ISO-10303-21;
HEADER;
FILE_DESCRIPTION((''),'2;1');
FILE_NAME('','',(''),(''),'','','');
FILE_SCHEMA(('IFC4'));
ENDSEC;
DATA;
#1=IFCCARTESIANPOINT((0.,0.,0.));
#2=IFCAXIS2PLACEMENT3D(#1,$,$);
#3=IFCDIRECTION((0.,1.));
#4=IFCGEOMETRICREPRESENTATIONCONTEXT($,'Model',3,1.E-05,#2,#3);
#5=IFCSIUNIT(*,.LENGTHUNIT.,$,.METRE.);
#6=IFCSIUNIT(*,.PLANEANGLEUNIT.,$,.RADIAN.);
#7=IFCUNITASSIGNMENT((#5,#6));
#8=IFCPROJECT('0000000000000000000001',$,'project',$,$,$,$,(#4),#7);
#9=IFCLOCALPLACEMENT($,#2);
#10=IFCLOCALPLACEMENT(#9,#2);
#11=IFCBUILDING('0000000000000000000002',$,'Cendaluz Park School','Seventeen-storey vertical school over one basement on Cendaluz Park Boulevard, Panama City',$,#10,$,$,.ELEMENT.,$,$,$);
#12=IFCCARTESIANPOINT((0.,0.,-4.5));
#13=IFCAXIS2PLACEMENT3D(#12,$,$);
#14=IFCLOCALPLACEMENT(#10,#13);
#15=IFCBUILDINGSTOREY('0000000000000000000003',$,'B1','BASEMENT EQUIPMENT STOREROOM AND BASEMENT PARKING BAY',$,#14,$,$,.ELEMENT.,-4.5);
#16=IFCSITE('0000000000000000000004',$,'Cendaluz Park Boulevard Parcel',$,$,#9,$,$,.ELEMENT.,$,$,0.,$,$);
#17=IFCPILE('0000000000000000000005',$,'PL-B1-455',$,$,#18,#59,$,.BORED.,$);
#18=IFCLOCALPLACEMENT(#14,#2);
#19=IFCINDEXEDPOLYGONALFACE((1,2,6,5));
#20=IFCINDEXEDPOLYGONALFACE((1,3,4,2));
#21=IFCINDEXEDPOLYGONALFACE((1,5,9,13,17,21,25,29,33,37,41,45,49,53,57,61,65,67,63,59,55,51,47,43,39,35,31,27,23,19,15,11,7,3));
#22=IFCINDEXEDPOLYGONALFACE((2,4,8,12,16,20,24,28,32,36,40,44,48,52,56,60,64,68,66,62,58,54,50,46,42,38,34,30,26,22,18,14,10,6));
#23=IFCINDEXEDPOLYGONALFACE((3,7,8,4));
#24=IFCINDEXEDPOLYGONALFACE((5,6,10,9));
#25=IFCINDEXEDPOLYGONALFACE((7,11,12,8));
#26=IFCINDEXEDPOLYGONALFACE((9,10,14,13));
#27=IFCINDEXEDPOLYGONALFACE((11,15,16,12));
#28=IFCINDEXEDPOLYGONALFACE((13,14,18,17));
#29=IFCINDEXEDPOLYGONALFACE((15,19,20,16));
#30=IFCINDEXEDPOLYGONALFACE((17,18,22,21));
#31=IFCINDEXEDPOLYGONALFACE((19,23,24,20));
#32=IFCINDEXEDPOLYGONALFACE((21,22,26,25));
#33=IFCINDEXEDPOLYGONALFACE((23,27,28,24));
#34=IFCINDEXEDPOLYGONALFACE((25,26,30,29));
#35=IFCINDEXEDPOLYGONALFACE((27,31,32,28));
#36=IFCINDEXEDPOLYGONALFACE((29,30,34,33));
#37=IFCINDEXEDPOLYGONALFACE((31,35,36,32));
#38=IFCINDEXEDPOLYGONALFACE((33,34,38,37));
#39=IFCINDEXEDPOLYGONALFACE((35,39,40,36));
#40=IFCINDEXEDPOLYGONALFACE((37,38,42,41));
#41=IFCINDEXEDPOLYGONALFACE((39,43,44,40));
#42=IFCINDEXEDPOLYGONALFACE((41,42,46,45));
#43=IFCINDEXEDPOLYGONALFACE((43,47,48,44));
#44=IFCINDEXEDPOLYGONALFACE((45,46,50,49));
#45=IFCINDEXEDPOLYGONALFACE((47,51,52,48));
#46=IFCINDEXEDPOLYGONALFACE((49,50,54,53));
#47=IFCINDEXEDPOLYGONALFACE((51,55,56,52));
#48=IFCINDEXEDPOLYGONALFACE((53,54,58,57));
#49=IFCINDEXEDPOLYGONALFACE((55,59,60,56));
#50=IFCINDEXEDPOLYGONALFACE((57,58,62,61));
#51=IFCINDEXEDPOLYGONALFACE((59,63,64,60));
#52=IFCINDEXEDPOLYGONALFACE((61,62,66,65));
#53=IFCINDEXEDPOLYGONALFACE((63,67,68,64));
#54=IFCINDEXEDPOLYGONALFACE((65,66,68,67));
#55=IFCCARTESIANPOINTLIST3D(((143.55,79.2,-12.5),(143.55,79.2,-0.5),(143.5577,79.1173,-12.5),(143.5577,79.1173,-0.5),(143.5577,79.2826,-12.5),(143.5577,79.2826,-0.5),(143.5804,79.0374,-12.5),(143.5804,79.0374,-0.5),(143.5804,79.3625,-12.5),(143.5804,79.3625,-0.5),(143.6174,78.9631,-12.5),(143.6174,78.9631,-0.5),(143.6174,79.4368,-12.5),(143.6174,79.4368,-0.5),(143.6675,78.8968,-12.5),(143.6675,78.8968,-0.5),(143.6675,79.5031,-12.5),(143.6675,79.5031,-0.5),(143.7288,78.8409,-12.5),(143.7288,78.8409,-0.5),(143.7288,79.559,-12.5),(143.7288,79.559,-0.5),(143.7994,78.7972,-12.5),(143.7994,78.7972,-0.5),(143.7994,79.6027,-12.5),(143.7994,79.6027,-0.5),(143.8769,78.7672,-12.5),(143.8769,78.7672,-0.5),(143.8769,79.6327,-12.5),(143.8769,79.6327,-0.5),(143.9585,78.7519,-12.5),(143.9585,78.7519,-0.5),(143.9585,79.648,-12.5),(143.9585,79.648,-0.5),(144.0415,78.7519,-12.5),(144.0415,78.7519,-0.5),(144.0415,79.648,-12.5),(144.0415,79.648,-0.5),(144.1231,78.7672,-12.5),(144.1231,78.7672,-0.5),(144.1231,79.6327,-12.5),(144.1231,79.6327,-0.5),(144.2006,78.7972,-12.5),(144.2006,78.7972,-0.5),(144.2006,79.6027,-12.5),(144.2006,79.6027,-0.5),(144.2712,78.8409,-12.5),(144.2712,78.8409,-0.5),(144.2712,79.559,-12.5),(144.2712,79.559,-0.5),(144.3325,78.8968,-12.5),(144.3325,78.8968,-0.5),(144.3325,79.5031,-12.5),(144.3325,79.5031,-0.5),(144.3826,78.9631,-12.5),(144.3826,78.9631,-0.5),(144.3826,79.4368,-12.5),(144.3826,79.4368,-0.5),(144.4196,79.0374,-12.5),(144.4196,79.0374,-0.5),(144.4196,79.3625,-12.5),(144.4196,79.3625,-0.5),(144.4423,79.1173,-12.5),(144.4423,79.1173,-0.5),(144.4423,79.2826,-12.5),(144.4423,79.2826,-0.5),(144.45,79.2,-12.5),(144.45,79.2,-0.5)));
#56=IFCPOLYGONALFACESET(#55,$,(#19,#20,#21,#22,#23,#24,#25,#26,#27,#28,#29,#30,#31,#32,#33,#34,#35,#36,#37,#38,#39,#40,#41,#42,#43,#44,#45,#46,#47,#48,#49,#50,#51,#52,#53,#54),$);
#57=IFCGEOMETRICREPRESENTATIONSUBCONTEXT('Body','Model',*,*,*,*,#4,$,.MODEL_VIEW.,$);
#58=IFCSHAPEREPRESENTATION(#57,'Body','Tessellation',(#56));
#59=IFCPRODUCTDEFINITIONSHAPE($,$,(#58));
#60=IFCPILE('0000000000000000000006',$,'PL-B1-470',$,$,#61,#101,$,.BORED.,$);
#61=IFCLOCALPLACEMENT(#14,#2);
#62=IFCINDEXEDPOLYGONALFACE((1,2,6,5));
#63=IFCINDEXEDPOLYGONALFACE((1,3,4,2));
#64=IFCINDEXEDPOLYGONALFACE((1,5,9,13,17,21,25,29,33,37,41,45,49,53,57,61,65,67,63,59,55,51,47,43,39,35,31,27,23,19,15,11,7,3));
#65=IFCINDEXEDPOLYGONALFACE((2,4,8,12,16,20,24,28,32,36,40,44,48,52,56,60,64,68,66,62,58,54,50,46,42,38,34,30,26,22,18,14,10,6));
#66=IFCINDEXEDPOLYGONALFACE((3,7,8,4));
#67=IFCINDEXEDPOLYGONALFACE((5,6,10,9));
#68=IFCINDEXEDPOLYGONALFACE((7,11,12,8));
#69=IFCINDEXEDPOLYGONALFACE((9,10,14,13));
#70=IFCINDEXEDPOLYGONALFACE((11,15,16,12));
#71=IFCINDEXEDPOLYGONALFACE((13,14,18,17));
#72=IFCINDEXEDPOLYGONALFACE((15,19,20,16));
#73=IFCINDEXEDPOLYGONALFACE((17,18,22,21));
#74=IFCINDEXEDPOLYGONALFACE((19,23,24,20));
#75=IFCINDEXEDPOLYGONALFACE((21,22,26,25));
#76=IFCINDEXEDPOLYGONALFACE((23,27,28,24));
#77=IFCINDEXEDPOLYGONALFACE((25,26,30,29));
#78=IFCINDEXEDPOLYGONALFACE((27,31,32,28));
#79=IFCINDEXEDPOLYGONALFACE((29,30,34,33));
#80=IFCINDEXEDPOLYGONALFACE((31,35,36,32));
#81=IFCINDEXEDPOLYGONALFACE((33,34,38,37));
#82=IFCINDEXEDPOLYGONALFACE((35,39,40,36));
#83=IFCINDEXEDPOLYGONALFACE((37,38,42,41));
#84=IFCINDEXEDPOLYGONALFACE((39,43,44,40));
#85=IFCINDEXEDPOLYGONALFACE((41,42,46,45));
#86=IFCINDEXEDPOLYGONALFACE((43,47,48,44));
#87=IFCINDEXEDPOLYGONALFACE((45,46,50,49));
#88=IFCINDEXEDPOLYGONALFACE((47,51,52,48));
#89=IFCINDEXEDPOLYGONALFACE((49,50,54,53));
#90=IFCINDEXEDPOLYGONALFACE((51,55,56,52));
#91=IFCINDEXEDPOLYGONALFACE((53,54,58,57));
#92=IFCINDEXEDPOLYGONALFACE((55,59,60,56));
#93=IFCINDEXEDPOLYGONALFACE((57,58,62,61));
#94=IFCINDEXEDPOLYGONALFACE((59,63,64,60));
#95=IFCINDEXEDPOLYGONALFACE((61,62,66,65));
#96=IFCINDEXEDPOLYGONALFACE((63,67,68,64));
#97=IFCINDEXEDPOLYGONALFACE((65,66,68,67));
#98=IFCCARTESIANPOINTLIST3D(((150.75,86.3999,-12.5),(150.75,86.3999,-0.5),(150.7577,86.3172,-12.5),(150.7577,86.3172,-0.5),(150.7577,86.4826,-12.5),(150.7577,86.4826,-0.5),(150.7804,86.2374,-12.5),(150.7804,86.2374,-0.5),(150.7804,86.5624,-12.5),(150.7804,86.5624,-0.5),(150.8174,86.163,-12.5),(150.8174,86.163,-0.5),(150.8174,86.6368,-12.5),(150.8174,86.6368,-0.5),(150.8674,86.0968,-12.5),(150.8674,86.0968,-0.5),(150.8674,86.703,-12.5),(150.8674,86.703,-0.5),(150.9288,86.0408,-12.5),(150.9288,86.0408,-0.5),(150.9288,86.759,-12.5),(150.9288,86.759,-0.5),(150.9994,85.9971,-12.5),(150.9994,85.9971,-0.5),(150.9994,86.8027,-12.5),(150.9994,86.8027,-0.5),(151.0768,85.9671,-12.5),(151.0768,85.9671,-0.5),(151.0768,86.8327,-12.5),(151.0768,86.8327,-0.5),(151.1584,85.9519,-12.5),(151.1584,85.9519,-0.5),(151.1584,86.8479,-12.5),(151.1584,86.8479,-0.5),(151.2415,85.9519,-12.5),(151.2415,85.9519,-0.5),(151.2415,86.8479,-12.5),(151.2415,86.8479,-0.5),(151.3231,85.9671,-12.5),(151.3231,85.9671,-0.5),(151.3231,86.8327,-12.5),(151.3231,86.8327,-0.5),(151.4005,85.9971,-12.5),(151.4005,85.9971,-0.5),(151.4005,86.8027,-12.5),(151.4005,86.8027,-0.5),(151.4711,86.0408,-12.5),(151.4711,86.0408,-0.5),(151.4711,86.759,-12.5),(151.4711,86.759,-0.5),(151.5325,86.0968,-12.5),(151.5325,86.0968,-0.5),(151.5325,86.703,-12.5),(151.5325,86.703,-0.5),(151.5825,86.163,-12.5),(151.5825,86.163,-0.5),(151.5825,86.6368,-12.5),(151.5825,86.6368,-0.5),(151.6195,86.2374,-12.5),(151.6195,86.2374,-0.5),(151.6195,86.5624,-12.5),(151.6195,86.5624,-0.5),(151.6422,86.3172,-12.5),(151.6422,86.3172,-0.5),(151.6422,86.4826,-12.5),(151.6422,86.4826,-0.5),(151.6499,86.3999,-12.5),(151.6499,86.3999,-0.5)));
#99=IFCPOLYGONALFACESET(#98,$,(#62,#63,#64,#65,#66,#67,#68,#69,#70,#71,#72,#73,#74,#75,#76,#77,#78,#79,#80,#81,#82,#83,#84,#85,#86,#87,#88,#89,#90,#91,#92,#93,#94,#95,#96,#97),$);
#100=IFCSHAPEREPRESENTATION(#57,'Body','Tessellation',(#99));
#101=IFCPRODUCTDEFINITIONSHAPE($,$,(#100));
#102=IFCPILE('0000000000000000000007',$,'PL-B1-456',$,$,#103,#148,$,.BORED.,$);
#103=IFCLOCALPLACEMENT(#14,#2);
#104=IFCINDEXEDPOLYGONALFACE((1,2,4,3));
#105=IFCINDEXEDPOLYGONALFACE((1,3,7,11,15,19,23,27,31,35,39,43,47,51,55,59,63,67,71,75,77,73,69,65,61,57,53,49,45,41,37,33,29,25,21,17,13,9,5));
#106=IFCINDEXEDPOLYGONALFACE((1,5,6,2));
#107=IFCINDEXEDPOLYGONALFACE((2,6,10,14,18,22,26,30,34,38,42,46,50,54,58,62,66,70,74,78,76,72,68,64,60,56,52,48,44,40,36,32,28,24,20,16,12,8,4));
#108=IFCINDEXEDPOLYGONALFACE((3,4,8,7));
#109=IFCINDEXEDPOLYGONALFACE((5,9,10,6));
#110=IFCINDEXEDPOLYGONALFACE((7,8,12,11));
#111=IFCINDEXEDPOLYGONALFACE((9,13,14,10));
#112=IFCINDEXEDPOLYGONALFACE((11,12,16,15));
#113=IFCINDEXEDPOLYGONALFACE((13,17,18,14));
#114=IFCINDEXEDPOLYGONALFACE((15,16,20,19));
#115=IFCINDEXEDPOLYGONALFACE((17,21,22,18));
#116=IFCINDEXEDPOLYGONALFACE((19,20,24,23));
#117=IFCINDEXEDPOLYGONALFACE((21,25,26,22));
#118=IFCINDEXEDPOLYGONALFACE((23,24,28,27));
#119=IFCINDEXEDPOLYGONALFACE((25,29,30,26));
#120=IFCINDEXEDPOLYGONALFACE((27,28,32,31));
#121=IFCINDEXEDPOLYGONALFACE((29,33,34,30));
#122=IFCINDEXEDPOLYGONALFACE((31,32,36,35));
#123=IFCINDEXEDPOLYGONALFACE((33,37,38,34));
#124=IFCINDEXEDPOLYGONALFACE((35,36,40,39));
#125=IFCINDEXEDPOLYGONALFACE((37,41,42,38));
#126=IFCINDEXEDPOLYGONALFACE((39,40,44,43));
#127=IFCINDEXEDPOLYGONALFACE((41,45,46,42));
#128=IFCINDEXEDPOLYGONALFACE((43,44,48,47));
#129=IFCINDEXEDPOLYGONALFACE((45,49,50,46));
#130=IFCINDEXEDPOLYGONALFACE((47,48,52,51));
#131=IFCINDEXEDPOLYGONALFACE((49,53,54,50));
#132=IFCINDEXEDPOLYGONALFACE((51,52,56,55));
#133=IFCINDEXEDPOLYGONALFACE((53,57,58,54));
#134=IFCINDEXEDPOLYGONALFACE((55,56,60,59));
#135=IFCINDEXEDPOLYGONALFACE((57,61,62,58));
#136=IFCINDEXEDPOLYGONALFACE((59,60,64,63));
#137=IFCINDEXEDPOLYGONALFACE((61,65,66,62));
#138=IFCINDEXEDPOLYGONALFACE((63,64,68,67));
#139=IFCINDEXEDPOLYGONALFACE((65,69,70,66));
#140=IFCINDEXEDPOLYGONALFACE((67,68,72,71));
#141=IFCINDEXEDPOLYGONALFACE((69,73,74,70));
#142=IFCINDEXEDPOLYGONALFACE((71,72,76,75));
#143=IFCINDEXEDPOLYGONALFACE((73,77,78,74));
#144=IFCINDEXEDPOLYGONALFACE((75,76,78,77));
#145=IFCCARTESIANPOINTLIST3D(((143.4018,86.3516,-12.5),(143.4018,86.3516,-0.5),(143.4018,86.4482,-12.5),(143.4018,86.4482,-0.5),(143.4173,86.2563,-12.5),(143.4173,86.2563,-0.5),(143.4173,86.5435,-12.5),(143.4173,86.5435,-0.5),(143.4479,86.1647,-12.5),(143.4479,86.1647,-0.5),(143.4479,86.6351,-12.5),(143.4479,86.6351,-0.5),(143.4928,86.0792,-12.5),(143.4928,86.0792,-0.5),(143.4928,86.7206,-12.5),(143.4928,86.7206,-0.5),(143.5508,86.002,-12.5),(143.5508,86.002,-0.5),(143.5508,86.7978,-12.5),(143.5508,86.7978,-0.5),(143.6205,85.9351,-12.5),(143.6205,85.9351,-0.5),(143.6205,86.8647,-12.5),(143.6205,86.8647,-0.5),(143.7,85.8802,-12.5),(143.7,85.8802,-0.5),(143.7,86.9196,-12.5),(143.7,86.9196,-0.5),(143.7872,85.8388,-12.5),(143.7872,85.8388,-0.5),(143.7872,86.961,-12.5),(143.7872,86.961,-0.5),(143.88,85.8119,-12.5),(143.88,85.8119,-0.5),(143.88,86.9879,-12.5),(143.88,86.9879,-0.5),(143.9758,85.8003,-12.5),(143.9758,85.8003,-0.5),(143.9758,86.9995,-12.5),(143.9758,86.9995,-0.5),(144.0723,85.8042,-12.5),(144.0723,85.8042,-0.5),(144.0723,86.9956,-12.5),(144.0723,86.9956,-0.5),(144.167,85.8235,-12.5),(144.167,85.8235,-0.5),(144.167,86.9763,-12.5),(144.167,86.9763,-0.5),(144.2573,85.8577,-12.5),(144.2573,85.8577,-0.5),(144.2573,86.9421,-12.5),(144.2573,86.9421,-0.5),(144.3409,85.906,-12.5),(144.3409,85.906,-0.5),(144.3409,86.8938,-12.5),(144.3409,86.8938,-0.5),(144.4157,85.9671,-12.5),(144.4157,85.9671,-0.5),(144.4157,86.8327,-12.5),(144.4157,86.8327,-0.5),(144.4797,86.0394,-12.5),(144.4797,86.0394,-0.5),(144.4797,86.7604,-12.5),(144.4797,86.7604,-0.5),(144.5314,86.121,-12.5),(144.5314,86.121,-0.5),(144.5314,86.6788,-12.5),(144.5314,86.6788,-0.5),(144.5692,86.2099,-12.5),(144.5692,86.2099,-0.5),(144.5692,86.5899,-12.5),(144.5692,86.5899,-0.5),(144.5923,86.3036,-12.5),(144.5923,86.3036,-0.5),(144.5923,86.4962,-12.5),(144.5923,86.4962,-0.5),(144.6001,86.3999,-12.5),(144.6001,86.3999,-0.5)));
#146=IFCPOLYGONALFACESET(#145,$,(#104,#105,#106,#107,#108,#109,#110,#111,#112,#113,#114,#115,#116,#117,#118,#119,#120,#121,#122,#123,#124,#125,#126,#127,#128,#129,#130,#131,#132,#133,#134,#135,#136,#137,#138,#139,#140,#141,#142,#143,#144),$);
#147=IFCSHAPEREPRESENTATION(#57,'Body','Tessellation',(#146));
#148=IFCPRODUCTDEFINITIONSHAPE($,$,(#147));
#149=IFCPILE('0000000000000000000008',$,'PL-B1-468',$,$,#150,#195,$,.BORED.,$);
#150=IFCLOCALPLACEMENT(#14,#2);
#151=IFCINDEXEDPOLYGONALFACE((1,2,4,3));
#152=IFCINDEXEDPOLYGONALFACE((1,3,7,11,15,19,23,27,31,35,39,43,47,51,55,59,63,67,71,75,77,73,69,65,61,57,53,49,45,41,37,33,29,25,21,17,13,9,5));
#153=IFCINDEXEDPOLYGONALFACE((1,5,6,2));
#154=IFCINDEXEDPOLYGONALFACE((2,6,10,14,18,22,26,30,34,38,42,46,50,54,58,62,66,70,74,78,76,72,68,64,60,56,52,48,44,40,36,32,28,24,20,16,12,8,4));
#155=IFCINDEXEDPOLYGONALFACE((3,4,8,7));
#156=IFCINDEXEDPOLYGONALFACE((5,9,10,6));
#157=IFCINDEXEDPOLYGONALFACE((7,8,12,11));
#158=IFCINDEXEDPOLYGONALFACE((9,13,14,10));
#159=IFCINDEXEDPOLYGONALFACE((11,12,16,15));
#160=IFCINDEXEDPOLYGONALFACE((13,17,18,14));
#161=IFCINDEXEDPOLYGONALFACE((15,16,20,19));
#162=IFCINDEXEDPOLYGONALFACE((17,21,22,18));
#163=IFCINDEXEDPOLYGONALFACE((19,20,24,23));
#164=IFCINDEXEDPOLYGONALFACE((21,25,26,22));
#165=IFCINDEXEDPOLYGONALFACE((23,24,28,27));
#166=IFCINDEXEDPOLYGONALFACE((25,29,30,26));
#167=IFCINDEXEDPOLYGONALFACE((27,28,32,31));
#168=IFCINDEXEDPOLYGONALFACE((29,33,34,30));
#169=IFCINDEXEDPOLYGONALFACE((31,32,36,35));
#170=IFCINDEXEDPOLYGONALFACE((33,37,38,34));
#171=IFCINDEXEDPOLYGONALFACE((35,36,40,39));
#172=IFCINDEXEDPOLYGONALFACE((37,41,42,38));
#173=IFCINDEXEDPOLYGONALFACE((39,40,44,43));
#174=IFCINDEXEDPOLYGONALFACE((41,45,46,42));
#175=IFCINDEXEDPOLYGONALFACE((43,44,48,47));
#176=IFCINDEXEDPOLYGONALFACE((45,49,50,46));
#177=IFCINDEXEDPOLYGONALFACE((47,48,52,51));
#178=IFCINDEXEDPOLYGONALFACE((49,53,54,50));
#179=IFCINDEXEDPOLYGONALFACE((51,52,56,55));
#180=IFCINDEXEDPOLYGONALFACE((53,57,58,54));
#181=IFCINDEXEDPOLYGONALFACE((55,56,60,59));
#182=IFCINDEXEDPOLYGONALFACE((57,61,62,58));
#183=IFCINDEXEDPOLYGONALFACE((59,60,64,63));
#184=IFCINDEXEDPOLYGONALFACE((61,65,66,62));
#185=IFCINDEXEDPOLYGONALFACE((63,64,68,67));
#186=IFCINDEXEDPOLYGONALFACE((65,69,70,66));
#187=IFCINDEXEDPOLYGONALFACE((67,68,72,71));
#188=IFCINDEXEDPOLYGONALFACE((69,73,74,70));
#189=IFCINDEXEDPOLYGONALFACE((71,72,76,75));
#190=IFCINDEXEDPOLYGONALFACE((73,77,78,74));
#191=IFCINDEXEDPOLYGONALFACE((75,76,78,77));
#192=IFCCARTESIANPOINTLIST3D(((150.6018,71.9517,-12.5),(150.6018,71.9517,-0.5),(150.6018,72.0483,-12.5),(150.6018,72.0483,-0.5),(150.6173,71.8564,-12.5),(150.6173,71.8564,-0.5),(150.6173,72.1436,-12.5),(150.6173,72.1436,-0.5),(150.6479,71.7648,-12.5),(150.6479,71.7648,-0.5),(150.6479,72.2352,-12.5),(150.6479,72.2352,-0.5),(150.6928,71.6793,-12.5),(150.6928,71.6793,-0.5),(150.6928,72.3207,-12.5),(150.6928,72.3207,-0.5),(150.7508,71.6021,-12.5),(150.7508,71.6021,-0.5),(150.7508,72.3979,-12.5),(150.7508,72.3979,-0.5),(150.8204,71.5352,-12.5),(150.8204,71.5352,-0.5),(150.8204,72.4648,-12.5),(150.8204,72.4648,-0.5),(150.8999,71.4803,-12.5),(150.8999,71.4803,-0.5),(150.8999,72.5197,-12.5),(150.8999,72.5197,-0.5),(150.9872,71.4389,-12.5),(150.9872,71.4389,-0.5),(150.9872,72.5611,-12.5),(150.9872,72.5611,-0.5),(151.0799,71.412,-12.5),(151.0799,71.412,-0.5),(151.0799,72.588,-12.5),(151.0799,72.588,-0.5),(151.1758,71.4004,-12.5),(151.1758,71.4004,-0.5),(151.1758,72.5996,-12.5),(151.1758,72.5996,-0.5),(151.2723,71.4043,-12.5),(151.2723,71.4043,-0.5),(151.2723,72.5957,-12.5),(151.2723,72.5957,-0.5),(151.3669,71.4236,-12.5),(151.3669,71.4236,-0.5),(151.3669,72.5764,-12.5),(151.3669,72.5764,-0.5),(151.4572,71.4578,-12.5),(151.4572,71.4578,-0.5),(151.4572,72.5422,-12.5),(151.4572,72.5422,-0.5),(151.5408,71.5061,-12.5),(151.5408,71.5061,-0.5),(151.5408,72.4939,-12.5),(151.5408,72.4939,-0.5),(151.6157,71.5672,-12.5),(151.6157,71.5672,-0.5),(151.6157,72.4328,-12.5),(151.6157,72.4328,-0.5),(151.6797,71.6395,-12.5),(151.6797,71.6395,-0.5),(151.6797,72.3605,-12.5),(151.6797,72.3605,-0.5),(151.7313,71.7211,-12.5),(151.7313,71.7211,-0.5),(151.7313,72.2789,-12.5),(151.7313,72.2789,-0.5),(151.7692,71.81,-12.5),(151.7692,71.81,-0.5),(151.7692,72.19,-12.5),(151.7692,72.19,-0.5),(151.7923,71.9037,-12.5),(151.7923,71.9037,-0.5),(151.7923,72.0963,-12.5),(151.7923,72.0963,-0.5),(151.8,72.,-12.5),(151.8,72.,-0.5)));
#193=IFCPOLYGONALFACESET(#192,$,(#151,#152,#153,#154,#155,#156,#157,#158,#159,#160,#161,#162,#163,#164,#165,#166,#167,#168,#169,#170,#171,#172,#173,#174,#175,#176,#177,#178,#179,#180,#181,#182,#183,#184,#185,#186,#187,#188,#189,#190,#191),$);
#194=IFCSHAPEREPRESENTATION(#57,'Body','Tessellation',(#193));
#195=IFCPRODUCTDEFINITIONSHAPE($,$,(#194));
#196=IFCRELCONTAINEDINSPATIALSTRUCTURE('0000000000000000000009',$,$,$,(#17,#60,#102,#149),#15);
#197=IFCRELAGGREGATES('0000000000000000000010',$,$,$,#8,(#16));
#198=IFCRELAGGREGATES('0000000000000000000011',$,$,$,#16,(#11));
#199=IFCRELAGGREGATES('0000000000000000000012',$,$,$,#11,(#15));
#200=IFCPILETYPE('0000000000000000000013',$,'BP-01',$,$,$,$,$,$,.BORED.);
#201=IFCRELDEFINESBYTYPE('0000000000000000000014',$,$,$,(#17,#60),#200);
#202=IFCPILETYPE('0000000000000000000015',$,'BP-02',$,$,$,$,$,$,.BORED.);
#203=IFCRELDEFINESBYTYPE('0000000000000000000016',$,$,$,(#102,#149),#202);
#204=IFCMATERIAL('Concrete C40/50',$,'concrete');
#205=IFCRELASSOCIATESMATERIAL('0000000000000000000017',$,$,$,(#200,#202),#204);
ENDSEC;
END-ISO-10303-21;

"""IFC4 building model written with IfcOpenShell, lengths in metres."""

from ifc_helpers import new_model, si_unit, direction, frame, origin, origin_2d, place, context, subcontext, project, spatial, circle, extrude, material, material_profile, profile_set, type_object, element, save


model = new_model("IFC4")

# Units and contexts
model_context = context("Model", 3, precision=1e-05, world=origin(), true_north=direction((0.0, 1.0)))
body_context = subcontext(model_context, "Body", "Model", "MODEL_VIEW")
ifc_project = project(units=[si_unit("LENGTHUNIT", "METRE"), si_unit("PLANEANGLEUNIT", "RADIAN")], contexts=[model_context])

# Site, building, storey
site_placement = place(None, origin())
site = spatial("IfcSite", under=ifc_project, at=site_placement, Name="Cendaluz Park Boulevard Parcel", CompositionType="ELEMENT", RefElevation=0.0)
building_placement = place(site_placement, origin())
building = spatial("IfcBuilding", under=site, at=building_placement, Name="Cendaluz Park School", Description="Seventeen-storey vertical school over one basement on Cendaluz Park Boulevard, Panama City", CompositionType="ELEMENT")
storey_placement = place(building_placement, frame((0.0, 0.0, -4.5)))
storey = spatial("IfcBuildingStorey", under=building, at=storey_placement, Name="B1", Description="BASEMENT EQUIPMENT STOREROOM AND BASEMENT PARKING BAY", CompositionType="ELEMENT", Elevation=-4.5)

# Piles
ifc_material_1 = material(Name="Concrete C40/50", Category="concrete")
ifc_material_profile_1 = material_profile(ifc_material_1, circle(Radius=0.45, at=origin_2d()), Name="BP D900", Category="concrete")
ifc_profile_set_1 = profile_set([ifc_material_profile_1], Name="Concrete C40/50")
pile_type_1 = type_object("IfcPileType", Name="BP-01", PredefinedType="BORED", material=ifc_profile_set_1)
for number, where, z_axis, x_axis, name in (
    (1, (144.0, 79.2, -0.5), (0.0, 0.0, -1.0), (1.0, 0.0, 0.0), "PL-B1-455"),
    (2, (151.2, 86.3999, -0.5), (0.0, 0.0, -1.0), (1.0, 0.0, 0.0), "PL-B1-470"),
):
    element("IfcPile", number, at=place(storey_placement, frame(where, z_axis=z_axis, x_axis=x_axis)), inside=storey, type_object=pile_type_1, Name=name, PredefinedType="BORED", context=body_context, shape_type="SweptSolid", body=[
        extrude(circle(Radius=0.45, at=origin_2d()), origin(), (0.0, 0.0, 1.0), 12.0),
    ])
ifc_material_profile_2 = material_profile(ifc_material_1, circle(Radius=0.6001, at=origin_2d()), Name="BP D1200", Category="concrete")
ifc_profile_set_2 = profile_set([ifc_material_profile_2], Name="Concrete C40/50")
pile_type_2 = type_object("IfcPileType", Name="BP-02", PredefinedType="BORED", material=ifc_profile_set_2)
for number, where, z_axis, x_axis, name in (
    (3, (144.0, 86.3999, -0.5), (0.0, 0.0, -1.0), (1.0, 0.0, 0.0), "PL-B1-456"),
    (4, (151.2, 72.0, -0.5), (0.0, 0.0, -1.0), (1.0, 0.0, 0.0), "PL-B1-468"),
):
    element("IfcPile", number, at=place(storey_placement, frame(where, z_axis=z_axis, x_axis=x_axis)), inside=storey, type_object=pile_type_2, Name=name, PredefinedType="BORED", context=body_context, shape_type="SweptSolid", body=[
        extrude(circle(Radius=0.6001, at=origin_2d()), origin(), (0.0, 0.0, 1.0), 12.0),
    ])

save(model, "model.ifc")
